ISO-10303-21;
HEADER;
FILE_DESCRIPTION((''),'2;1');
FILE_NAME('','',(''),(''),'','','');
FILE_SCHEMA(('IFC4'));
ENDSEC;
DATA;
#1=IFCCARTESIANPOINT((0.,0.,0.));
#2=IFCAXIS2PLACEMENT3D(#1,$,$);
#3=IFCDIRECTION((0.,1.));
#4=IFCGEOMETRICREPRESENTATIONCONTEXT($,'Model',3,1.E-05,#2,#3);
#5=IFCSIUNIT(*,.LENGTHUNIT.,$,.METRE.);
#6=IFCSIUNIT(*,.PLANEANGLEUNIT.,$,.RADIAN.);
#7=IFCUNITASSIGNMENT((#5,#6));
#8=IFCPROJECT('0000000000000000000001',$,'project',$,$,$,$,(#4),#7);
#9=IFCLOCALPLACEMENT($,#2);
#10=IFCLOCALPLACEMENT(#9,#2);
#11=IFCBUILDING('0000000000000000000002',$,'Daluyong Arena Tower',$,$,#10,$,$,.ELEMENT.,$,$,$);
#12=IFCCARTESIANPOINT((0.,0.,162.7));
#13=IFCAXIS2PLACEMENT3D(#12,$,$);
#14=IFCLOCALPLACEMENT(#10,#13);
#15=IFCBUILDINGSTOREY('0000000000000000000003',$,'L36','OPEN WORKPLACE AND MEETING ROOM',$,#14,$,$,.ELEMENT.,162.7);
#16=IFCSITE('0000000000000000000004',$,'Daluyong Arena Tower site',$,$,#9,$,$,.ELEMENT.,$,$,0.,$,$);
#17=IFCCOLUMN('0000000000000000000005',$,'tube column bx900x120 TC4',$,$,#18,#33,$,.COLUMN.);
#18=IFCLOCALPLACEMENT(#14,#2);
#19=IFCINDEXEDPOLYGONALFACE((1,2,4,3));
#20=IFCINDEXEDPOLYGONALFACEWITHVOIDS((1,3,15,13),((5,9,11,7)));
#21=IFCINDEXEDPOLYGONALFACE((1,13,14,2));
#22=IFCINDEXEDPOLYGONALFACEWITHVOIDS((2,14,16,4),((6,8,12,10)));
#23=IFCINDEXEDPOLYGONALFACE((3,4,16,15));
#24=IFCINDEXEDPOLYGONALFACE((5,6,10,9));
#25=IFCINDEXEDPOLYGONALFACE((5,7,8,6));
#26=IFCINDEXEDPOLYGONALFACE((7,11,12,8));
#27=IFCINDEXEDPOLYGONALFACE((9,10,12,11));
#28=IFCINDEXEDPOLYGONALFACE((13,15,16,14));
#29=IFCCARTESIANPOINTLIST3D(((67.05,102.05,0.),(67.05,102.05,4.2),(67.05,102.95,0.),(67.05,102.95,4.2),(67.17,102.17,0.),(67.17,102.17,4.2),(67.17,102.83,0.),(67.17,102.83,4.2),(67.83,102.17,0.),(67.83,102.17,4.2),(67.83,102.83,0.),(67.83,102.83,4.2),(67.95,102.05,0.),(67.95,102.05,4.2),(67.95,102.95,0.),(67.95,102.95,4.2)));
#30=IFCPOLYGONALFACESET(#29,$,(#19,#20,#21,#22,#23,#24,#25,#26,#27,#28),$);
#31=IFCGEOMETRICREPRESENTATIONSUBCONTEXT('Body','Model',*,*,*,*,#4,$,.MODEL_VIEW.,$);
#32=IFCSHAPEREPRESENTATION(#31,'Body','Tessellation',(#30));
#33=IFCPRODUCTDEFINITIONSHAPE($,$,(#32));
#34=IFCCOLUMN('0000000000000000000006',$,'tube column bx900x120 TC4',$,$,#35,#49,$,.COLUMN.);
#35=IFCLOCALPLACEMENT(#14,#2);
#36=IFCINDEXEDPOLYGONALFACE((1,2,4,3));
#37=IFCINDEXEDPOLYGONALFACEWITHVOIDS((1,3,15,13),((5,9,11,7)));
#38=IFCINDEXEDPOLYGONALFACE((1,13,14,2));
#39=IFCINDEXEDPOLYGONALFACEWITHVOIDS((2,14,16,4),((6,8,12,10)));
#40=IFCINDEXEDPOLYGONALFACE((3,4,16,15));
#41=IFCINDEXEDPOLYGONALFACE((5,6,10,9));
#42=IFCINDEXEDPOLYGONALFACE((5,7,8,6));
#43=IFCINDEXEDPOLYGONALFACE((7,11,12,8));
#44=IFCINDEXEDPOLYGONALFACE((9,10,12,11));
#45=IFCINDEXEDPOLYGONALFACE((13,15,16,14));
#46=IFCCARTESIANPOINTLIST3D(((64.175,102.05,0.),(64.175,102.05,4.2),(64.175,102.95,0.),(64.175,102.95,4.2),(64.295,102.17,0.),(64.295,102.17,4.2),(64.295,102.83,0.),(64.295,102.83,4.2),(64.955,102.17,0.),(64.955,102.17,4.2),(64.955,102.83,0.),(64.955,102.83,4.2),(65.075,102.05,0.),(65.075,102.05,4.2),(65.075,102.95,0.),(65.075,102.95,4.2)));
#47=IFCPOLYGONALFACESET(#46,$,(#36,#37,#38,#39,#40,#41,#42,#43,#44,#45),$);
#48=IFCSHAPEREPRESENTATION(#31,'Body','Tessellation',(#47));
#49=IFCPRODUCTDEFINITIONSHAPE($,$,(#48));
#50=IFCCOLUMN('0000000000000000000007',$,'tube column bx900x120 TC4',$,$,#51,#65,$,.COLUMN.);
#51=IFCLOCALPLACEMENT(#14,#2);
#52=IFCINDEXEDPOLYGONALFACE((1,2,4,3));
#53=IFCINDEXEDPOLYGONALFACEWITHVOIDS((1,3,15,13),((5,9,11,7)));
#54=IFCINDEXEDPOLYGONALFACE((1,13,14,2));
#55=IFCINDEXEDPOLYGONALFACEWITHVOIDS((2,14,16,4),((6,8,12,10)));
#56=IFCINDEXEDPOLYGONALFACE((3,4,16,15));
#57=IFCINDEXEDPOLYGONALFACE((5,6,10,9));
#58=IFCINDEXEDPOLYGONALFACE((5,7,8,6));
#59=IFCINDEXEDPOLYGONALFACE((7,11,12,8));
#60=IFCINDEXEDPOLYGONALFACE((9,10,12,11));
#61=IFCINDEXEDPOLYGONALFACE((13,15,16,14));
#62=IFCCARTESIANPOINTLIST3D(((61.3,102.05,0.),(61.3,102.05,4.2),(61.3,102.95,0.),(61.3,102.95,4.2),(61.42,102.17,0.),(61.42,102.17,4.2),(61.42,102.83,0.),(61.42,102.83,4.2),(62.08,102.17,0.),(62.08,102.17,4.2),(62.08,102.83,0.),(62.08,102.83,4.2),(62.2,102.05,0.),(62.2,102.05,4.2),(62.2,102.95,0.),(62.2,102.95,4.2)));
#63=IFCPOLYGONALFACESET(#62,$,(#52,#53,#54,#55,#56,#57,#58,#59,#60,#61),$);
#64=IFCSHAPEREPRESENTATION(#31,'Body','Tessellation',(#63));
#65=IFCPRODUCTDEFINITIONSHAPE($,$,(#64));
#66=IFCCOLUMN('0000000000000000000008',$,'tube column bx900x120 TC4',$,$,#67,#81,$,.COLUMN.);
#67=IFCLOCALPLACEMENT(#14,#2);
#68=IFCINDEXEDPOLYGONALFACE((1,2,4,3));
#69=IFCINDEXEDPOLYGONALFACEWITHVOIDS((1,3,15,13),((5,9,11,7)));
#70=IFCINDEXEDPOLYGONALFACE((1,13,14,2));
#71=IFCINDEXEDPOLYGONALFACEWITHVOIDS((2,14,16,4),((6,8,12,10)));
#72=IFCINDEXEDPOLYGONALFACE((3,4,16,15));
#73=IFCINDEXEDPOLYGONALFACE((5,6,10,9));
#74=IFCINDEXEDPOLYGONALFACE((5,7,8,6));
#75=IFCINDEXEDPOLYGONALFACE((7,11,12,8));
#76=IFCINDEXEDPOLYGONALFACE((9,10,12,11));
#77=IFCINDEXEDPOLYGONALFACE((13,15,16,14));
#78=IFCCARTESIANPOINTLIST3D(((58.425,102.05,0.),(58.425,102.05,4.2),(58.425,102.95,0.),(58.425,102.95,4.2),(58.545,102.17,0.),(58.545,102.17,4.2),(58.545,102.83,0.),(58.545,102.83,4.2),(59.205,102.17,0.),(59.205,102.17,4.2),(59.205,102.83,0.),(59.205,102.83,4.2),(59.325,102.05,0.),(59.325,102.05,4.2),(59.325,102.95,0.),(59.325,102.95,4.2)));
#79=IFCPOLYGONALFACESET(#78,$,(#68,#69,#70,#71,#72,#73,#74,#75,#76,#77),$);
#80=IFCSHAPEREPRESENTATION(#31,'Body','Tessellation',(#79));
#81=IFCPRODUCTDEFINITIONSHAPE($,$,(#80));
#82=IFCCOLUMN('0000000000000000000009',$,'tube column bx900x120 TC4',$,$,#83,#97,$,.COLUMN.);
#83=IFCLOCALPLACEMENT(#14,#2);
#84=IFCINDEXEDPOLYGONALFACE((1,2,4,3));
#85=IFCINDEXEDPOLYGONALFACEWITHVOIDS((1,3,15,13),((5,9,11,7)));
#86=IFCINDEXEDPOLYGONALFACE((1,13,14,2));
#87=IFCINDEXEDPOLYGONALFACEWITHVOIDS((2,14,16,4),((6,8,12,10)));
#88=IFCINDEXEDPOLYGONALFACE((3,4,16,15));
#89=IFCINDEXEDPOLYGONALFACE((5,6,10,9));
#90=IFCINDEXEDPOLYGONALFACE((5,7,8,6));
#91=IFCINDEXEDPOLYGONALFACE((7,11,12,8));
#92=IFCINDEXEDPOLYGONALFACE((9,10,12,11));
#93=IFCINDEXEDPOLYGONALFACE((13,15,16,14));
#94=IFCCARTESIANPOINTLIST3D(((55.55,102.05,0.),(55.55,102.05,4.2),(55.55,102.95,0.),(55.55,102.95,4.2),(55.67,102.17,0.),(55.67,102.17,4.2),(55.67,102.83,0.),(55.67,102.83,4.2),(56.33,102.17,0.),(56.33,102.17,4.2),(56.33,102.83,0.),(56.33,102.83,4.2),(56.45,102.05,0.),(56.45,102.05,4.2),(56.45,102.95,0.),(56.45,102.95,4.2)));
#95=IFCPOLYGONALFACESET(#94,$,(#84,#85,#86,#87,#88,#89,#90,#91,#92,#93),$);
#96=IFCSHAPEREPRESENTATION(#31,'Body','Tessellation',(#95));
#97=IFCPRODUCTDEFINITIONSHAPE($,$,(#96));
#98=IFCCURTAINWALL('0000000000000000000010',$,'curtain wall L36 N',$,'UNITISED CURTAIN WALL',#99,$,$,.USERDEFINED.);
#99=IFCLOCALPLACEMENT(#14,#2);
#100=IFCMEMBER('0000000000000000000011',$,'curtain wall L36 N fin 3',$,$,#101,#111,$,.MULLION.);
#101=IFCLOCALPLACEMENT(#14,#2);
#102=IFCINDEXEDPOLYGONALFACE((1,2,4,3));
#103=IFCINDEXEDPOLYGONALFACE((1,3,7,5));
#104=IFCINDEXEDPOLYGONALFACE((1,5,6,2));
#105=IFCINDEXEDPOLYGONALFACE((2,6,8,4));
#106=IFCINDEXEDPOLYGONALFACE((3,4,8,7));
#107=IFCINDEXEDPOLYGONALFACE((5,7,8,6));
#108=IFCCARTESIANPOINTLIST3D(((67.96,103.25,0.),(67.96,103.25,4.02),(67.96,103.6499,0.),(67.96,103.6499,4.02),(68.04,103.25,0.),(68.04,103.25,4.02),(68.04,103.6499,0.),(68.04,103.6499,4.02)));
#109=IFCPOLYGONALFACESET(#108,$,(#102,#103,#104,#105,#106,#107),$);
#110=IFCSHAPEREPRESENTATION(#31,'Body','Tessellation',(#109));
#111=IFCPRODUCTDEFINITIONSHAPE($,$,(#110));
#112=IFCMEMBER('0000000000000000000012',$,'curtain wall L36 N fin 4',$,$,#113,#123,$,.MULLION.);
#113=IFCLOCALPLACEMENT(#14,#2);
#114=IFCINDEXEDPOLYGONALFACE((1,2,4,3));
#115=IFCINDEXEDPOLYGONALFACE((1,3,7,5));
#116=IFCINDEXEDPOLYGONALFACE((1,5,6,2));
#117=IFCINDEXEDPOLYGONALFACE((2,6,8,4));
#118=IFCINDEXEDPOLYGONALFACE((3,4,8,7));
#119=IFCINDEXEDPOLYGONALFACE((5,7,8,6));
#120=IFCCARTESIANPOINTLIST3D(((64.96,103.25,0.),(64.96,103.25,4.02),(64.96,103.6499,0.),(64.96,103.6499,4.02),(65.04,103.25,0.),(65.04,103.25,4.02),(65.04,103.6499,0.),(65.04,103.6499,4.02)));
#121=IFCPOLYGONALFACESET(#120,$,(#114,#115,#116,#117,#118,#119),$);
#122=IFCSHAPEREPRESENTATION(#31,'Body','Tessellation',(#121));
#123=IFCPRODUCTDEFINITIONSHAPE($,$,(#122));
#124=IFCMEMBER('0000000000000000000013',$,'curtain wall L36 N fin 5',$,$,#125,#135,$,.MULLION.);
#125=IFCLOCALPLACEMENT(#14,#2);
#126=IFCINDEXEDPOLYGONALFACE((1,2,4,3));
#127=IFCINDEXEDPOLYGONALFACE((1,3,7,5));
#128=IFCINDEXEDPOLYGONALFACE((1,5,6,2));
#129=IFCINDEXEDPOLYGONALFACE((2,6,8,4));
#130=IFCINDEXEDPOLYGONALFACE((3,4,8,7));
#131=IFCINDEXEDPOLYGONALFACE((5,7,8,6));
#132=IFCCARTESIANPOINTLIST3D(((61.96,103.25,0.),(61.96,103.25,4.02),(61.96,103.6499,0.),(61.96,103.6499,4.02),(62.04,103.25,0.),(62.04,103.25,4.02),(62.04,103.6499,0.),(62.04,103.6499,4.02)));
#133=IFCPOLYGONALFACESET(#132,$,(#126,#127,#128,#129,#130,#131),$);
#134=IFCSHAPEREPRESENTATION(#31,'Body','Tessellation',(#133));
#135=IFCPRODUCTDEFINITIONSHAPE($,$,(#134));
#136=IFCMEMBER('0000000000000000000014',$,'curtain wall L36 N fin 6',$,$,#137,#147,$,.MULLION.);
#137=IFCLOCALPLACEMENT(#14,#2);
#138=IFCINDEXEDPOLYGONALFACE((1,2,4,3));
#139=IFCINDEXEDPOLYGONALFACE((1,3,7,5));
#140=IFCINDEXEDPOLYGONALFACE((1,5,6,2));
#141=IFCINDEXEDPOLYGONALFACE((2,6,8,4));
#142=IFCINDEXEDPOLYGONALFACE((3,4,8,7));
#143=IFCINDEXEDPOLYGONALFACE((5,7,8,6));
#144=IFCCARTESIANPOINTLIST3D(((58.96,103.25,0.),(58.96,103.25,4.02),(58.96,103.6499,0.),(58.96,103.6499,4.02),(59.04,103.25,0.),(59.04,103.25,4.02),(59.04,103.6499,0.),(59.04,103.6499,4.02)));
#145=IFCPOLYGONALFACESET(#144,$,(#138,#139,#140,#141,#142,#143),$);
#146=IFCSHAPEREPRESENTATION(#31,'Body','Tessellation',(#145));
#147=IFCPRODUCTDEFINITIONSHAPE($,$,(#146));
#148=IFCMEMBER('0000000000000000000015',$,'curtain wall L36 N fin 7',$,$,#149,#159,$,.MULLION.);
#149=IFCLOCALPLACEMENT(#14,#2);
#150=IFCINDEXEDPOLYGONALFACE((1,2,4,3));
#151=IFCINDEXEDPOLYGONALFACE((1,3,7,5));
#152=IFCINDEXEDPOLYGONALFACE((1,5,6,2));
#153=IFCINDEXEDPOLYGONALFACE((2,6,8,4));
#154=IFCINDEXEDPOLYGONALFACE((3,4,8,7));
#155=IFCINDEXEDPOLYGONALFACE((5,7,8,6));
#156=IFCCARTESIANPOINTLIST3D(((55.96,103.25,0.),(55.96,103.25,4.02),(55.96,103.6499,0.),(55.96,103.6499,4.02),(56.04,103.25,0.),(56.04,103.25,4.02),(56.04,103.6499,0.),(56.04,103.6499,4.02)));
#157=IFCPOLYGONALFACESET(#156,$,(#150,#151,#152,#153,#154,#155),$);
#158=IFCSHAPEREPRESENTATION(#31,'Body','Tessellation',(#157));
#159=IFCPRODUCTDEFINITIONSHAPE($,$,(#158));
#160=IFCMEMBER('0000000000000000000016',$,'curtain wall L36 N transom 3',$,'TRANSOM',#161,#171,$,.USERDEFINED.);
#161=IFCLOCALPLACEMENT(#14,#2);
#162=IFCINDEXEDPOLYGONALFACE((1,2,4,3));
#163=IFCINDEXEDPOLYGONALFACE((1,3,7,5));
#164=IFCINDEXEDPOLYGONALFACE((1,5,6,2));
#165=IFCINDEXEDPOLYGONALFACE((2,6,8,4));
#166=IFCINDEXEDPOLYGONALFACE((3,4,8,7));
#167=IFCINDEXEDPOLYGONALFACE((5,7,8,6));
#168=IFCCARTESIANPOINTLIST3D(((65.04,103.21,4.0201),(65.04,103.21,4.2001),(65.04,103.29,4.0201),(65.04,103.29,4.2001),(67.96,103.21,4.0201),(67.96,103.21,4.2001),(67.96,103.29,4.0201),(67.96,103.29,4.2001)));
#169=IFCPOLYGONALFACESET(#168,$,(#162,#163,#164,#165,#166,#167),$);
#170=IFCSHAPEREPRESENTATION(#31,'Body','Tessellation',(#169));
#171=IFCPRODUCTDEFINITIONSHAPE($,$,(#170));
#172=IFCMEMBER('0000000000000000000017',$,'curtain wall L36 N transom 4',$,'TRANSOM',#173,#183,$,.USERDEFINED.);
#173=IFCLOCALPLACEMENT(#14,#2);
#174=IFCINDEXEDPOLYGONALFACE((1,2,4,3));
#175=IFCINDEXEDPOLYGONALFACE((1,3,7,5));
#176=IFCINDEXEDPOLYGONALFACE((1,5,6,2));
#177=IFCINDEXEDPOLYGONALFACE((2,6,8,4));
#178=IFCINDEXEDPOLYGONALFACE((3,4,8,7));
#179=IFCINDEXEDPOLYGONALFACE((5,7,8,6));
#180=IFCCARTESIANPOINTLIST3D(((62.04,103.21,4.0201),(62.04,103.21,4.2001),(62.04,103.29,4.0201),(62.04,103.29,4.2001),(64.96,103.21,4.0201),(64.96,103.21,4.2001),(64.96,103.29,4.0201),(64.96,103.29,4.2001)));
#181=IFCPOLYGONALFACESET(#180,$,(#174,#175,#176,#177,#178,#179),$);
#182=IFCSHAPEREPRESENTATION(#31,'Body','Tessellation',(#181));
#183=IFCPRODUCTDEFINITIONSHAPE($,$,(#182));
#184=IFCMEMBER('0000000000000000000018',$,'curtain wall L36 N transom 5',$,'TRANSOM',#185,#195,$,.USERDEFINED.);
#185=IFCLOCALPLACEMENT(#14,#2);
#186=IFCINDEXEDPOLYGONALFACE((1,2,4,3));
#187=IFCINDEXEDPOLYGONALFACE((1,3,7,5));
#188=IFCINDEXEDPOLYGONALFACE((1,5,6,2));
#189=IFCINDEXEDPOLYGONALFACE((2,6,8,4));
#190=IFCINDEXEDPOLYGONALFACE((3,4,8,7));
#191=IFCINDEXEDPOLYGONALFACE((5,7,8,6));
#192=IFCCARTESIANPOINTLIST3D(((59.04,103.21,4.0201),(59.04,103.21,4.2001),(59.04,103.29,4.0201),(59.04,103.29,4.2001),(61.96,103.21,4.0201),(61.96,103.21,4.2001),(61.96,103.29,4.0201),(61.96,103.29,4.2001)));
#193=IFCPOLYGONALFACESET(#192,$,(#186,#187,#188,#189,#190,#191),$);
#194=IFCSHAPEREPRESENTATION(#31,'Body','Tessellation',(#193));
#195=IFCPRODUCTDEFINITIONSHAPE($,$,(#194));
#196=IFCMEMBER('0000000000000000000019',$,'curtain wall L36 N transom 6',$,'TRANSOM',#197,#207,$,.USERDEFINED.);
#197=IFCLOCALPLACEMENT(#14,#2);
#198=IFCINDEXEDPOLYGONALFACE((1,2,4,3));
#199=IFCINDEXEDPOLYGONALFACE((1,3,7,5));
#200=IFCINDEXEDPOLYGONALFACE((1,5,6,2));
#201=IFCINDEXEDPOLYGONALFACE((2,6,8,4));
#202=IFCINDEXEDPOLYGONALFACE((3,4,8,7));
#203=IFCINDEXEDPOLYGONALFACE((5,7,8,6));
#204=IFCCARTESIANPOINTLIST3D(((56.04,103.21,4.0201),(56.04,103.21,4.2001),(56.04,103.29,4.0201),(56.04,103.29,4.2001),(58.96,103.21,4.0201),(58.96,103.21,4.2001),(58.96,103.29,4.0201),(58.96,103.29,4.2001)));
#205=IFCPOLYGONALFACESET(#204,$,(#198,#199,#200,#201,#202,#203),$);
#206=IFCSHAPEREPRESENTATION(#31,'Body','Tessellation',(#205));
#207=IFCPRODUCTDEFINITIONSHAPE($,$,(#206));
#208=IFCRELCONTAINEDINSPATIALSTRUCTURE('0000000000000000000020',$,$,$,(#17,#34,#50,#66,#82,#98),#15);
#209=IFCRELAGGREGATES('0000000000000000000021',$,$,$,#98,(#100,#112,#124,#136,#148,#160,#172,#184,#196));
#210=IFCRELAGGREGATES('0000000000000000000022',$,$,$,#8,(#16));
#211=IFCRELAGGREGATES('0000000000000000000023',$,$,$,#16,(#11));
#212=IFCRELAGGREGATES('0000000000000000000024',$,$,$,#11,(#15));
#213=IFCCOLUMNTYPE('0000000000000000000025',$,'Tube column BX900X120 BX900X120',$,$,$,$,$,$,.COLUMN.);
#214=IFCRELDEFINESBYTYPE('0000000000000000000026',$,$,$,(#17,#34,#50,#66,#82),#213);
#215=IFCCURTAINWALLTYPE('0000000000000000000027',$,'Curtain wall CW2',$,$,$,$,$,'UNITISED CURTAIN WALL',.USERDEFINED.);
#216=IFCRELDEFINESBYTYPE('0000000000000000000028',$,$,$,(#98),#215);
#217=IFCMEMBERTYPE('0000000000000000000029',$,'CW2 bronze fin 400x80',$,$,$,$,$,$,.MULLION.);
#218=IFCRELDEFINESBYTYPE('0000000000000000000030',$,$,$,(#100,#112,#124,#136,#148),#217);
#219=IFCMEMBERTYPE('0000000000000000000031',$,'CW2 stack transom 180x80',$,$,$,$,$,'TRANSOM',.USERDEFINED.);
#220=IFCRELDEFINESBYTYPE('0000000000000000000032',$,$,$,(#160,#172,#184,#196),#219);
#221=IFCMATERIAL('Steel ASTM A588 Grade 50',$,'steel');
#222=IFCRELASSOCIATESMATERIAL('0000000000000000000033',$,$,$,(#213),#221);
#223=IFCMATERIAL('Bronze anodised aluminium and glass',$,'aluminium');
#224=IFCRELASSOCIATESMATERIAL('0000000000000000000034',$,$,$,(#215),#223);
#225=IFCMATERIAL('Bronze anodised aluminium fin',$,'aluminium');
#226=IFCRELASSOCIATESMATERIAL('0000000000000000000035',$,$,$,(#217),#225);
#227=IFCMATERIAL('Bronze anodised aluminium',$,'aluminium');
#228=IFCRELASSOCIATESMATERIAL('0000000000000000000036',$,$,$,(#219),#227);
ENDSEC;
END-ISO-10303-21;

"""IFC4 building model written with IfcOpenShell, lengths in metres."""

from ifc_helpers import new_model, si_unit, direction, frame, origin, origin_2d, place, context, subcontext, project, spatial, rectangle, hollow_rectangle, extrude, material, material_profile, profile_set, type_object, element, aggregate, save


model = new_model("IFC4")

# Units and contexts
model_context = context("Model", 3, precision=1e-05, world=origin(), true_north=direction((0.0, 1.0)))
body_context = subcontext(model_context, "Body", "Model", "MODEL_VIEW")
ifc_project = project(units=[si_unit("LENGTHUNIT", "METRE"), si_unit("PLANEANGLEUNIT", "RADIAN")], contexts=[model_context])

# Site, building, storey
site_placement = place(None, origin())
site = spatial("IfcSite", under=ifc_project, at=site_placement, Name="Daluyong Arena Tower site", CompositionType="ELEMENT", RefElevation=0.0)
building_placement = place(site_placement, origin())
building = spatial("IfcBuilding", under=site, at=building_placement, Name="Daluyong Arena Tower", CompositionType="ELEMENT")
storey_placement = place(building_placement, frame((0.0, 0.0, 162.7)))
storey = spatial("IfcBuildingStorey", under=building, at=storey_placement, Name="L36", Description="OPEN WORKPLACE AND MEETING ROOM", CompositionType="ELEMENT", Elevation=162.7)

# Columns
ifc_material_1 = material(Name="Steel ASTM A588 Grade 50", Category="steel")
ifc_material_profile_1 = material_profile(ifc_material_1, hollow_rectangle(XDim=0.8999, YDim=0.8999, WallThickness=0.12, at=origin_2d()))
ifc_profile_set_1 = profile_set([ifc_material_profile_1], Name="Steel ASTM A588 Grade 50")
column_type = type_object("IfcColumnType", Name="Tube column BX900X120 BX900X120", PredefinedType="COLUMN", material=ifc_profile_set_1)
for number, where, z_axis, x_axis, name in (
    (1, (67.5, 102.5, 0.0), (0.0, 0.0, 1.0), (1.0, 0.0, 0.0), "tube column bx900x120 TC4"),
    (2, (64.625, 102.5, 0.0), (0.0, 0.0, 1.0), (1.0, 0.0, 0.0), "tube column bx900x120 TC4"),
    (3, (61.75, 102.5, 0.0), (0.0, 0.0, 1.0), (1.0, 0.0, 0.0), "tube column bx900x120 TC4"),
    (4, (58.875, 102.5, 0.0), (0.0, 0.0, 1.0), (1.0, 0.0, 0.0), "tube column bx900x120 TC4"),
    (5, (56.0, 102.5, 0.0), (0.0, 0.0, 1.0), (1.0, 0.0, 0.0), "tube column bx900x120 TC4"),
):
    element("IfcColumn", number, at=place(storey_placement, frame(where, z_axis=z_axis, x_axis=x_axis)), inside=storey, type_object=column_type, Name=name, PredefinedType="COLUMN", context=body_context, shape_type="SweptSolid", body=[
        extrude(hollow_rectangle(XDim=0.8999, YDim=0.8999, WallThickness=0.12, at=origin_2d()), origin(), (0.0, 0.0, 1.0), 4.2),
    ])

# Curtain wall, members
ifc_material_2 = material(Name="Bronze anodised aluminium and glass", Category="aluminium")
curtain_wall_type = type_object("IfcCurtainWallType", Name="Curtain wall CW2", ElementType="UNITISED CURTAIN WALL", PredefinedType="USERDEFINED", material=ifc_material_2)
curtain_wall_placement = place(storey_placement, origin())
curtain_wall = element("IfcCurtainWall", 6, at=curtain_wall_placement, inside=storey, type_object=curtain_wall_type, Name="curtain wall L36 N", ObjectType="UNITISED CURTAIN WALL", PredefinedType="USERDEFINED")
ifc_material_3 = material(Name="Bronze anodised aluminium fin", Category="aluminium")
ifc_material_profile_2 = material_profile(ifc_material_3, rectangle(XDim=0.3999, YDim=0.0801, at=origin_2d()))
ifc_profile_set_2 = profile_set([ifc_material_profile_2], Name="Bronze anodised aluminium fin")
member_type_1 = type_object("IfcMemberType", Name="CW2 bronze fin 400x80", PredefinedType="MULLION", material=ifc_profile_set_2)
member_1_placement = place(storey_placement, frame((68.0, 103.45, 0.0), z_axis=(0.0, 0.0, 1.0), x_axis=(0.0, -1.0, 0.0)))
member_1 = element("IfcMember", 7, at=member_1_placement, type_object=member_type_1, Name="curtain wall L36 N fin 3", PredefinedType="MULLION", context=body_context, shape_type="SweptSolid", body=[
    extrude(rectangle(XDim=0.3999, YDim=0.0801, at=origin_2d()), origin(), (0.0, 0.0, 1.0), 4.02),
])
member_2_placement = place(storey_placement, frame((65.0, 103.45, 0.0), z_axis=(0.0, 0.0, 1.0), x_axis=(0.0, -1.0, 0.0)))
member_2 = element("IfcMember", 8, at=member_2_placement, type_object=member_type_1, Name="curtain wall L36 N fin 4", PredefinedType="MULLION", context=body_context, shape_type="SweptSolid", body=[
    extrude(rectangle(XDim=0.3999, YDim=0.0801, at=origin_2d()), origin(), (0.0, 0.0, 1.0), 4.02),
])
member_3_placement = place(storey_placement, frame((62.0, 103.45, 0.0), z_axis=(0.0, 0.0, 1.0), x_axis=(0.0, -1.0, 0.0)))
member_3 = element("IfcMember", 9, at=member_3_placement, type_object=member_type_1, Name="curtain wall L36 N fin 5", PredefinedType="MULLION", context=body_context, shape_type="SweptSolid", body=[
    extrude(rectangle(XDim=0.3999, YDim=0.0801, at=origin_2d()), origin(), (0.0, 0.0, 1.0), 4.02),
])
member_4_placement = place(storey_placement, frame((59.0, 103.45, 0.0), z_axis=(0.0, 0.0, 1.0), x_axis=(0.0, -1.0, 0.0)))
member_4 = element("IfcMember", 10, at=member_4_placement, type_object=member_type_1, Name="curtain wall L36 N fin 6", PredefinedType="MULLION", context=body_context, shape_type="SweptSolid", body=[
    extrude(rectangle(XDim=0.3999, YDim=0.0801, at=origin_2d()), origin(), (0.0, 0.0, 1.0), 4.02),
])
member_5_placement = place(storey_placement, frame((56.0, 103.45, 0.0), z_axis=(0.0, 0.0, 1.0), x_axis=(0.0, -1.0, 0.0)))
member_5 = element("IfcMember", 11, at=member_5_placement, type_object=member_type_1, Name="curtain wall L36 N fin 7", PredefinedType="MULLION", context=body_context, shape_type="SweptSolid", body=[
    extrude(rectangle(XDim=0.3999, YDim=0.0801, at=origin_2d()), origin(), (0.0, 0.0, 1.0), 4.02),
])
ifc_material_4 = material(Name="Bronze anodised aluminium", Category="aluminium")
ifc_material_profile_3 = material_profile(ifc_material_4, rectangle(XDim=0.0801, YDim=0.1799, at=origin_2d()))
ifc_profile_set_3 = profile_set([ifc_material_profile_3], Name="Bronze anodised aluminium")
member_type_2 = type_object("IfcMemberType", Name="CW2 stack transom 180x80", ElementType="TRANSOM", PredefinedType="USERDEFINED", material=ifc_profile_set_3)
member_6_placement = place(storey_placement, frame((67.96, 103.25, 4.1101), z_axis=(-1.0, 0.0, 0.0), x_axis=(0.0, -1.0, 0.0)))
member_6 = element("IfcMember", 12, at=member_6_placement, type_object=member_type_2, Name="curtain wall L36 N transom 3", ObjectType="TRANSOM", PredefinedType="USERDEFINED", context=body_context, shape_type="SweptSolid", body=[
    extrude(rectangle(XDim=0.0801, YDim=0.1799, at=origin_2d()), origin(), (0.0, 0.0, 1.0), 2.9199),
])
member_7_placement = place(storey_placement, frame((64.96, 103.25, 4.1101), z_axis=(-1.0, 0.0, 0.0), x_axis=(0.0, -1.0, 0.0)))
member_7 = element("IfcMember", 13, at=member_7_placement, type_object=member_type_2, Name="curtain wall L36 N transom 4", ObjectType="TRANSOM", PredefinedType="USERDEFINED", context=body_context, shape_type="SweptSolid", body=[
    extrude(rectangle(XDim=0.0801, YDim=0.1799, at=origin_2d()), origin(), (0.0, 0.0, 1.0), 2.9199),
])
member_8_placement = place(storey_placement, frame((61.96, 103.25, 4.1101), z_axis=(-1.0, 0.0, 0.0), x_axis=(0.0, -1.0, 0.0)))
member_8 = element("IfcMember", 14, at=member_8_placement, type_object=member_type_2, Name="curtain wall L36 N transom 5", ObjectType="TRANSOM", PredefinedType="USERDEFINED", context=body_context, shape_type="SweptSolid", body=[
    extrude(rectangle(XDim=0.0801, YDim=0.1799, at=origin_2d()), origin(), (0.0, 0.0, 1.0), 2.9199),
])
member_9_placement = place(storey_placement, frame((58.96, 103.25, 4.1101), z_axis=(-1.0, 0.0, 0.0), x_axis=(0.0, -1.0, 0.0)))
member_9 = element("IfcMember", 15, at=member_9_placement, type_object=member_type_2, Name="curtain wall L36 N transom 6", ObjectType="TRANSOM", PredefinedType="USERDEFINED", context=body_context, shape_type="SweptSolid", body=[
    extrude(rectangle(XDim=0.0801, YDim=0.1799, at=origin_2d()), origin(), (0.0, 0.0, 1.0), 2.9199),
])

aggregate(curtain_wall, [member_1, member_2, member_3, member_4, member_5, member_6, member_7, member_8, member_9])

save(model, "model.ifc")
